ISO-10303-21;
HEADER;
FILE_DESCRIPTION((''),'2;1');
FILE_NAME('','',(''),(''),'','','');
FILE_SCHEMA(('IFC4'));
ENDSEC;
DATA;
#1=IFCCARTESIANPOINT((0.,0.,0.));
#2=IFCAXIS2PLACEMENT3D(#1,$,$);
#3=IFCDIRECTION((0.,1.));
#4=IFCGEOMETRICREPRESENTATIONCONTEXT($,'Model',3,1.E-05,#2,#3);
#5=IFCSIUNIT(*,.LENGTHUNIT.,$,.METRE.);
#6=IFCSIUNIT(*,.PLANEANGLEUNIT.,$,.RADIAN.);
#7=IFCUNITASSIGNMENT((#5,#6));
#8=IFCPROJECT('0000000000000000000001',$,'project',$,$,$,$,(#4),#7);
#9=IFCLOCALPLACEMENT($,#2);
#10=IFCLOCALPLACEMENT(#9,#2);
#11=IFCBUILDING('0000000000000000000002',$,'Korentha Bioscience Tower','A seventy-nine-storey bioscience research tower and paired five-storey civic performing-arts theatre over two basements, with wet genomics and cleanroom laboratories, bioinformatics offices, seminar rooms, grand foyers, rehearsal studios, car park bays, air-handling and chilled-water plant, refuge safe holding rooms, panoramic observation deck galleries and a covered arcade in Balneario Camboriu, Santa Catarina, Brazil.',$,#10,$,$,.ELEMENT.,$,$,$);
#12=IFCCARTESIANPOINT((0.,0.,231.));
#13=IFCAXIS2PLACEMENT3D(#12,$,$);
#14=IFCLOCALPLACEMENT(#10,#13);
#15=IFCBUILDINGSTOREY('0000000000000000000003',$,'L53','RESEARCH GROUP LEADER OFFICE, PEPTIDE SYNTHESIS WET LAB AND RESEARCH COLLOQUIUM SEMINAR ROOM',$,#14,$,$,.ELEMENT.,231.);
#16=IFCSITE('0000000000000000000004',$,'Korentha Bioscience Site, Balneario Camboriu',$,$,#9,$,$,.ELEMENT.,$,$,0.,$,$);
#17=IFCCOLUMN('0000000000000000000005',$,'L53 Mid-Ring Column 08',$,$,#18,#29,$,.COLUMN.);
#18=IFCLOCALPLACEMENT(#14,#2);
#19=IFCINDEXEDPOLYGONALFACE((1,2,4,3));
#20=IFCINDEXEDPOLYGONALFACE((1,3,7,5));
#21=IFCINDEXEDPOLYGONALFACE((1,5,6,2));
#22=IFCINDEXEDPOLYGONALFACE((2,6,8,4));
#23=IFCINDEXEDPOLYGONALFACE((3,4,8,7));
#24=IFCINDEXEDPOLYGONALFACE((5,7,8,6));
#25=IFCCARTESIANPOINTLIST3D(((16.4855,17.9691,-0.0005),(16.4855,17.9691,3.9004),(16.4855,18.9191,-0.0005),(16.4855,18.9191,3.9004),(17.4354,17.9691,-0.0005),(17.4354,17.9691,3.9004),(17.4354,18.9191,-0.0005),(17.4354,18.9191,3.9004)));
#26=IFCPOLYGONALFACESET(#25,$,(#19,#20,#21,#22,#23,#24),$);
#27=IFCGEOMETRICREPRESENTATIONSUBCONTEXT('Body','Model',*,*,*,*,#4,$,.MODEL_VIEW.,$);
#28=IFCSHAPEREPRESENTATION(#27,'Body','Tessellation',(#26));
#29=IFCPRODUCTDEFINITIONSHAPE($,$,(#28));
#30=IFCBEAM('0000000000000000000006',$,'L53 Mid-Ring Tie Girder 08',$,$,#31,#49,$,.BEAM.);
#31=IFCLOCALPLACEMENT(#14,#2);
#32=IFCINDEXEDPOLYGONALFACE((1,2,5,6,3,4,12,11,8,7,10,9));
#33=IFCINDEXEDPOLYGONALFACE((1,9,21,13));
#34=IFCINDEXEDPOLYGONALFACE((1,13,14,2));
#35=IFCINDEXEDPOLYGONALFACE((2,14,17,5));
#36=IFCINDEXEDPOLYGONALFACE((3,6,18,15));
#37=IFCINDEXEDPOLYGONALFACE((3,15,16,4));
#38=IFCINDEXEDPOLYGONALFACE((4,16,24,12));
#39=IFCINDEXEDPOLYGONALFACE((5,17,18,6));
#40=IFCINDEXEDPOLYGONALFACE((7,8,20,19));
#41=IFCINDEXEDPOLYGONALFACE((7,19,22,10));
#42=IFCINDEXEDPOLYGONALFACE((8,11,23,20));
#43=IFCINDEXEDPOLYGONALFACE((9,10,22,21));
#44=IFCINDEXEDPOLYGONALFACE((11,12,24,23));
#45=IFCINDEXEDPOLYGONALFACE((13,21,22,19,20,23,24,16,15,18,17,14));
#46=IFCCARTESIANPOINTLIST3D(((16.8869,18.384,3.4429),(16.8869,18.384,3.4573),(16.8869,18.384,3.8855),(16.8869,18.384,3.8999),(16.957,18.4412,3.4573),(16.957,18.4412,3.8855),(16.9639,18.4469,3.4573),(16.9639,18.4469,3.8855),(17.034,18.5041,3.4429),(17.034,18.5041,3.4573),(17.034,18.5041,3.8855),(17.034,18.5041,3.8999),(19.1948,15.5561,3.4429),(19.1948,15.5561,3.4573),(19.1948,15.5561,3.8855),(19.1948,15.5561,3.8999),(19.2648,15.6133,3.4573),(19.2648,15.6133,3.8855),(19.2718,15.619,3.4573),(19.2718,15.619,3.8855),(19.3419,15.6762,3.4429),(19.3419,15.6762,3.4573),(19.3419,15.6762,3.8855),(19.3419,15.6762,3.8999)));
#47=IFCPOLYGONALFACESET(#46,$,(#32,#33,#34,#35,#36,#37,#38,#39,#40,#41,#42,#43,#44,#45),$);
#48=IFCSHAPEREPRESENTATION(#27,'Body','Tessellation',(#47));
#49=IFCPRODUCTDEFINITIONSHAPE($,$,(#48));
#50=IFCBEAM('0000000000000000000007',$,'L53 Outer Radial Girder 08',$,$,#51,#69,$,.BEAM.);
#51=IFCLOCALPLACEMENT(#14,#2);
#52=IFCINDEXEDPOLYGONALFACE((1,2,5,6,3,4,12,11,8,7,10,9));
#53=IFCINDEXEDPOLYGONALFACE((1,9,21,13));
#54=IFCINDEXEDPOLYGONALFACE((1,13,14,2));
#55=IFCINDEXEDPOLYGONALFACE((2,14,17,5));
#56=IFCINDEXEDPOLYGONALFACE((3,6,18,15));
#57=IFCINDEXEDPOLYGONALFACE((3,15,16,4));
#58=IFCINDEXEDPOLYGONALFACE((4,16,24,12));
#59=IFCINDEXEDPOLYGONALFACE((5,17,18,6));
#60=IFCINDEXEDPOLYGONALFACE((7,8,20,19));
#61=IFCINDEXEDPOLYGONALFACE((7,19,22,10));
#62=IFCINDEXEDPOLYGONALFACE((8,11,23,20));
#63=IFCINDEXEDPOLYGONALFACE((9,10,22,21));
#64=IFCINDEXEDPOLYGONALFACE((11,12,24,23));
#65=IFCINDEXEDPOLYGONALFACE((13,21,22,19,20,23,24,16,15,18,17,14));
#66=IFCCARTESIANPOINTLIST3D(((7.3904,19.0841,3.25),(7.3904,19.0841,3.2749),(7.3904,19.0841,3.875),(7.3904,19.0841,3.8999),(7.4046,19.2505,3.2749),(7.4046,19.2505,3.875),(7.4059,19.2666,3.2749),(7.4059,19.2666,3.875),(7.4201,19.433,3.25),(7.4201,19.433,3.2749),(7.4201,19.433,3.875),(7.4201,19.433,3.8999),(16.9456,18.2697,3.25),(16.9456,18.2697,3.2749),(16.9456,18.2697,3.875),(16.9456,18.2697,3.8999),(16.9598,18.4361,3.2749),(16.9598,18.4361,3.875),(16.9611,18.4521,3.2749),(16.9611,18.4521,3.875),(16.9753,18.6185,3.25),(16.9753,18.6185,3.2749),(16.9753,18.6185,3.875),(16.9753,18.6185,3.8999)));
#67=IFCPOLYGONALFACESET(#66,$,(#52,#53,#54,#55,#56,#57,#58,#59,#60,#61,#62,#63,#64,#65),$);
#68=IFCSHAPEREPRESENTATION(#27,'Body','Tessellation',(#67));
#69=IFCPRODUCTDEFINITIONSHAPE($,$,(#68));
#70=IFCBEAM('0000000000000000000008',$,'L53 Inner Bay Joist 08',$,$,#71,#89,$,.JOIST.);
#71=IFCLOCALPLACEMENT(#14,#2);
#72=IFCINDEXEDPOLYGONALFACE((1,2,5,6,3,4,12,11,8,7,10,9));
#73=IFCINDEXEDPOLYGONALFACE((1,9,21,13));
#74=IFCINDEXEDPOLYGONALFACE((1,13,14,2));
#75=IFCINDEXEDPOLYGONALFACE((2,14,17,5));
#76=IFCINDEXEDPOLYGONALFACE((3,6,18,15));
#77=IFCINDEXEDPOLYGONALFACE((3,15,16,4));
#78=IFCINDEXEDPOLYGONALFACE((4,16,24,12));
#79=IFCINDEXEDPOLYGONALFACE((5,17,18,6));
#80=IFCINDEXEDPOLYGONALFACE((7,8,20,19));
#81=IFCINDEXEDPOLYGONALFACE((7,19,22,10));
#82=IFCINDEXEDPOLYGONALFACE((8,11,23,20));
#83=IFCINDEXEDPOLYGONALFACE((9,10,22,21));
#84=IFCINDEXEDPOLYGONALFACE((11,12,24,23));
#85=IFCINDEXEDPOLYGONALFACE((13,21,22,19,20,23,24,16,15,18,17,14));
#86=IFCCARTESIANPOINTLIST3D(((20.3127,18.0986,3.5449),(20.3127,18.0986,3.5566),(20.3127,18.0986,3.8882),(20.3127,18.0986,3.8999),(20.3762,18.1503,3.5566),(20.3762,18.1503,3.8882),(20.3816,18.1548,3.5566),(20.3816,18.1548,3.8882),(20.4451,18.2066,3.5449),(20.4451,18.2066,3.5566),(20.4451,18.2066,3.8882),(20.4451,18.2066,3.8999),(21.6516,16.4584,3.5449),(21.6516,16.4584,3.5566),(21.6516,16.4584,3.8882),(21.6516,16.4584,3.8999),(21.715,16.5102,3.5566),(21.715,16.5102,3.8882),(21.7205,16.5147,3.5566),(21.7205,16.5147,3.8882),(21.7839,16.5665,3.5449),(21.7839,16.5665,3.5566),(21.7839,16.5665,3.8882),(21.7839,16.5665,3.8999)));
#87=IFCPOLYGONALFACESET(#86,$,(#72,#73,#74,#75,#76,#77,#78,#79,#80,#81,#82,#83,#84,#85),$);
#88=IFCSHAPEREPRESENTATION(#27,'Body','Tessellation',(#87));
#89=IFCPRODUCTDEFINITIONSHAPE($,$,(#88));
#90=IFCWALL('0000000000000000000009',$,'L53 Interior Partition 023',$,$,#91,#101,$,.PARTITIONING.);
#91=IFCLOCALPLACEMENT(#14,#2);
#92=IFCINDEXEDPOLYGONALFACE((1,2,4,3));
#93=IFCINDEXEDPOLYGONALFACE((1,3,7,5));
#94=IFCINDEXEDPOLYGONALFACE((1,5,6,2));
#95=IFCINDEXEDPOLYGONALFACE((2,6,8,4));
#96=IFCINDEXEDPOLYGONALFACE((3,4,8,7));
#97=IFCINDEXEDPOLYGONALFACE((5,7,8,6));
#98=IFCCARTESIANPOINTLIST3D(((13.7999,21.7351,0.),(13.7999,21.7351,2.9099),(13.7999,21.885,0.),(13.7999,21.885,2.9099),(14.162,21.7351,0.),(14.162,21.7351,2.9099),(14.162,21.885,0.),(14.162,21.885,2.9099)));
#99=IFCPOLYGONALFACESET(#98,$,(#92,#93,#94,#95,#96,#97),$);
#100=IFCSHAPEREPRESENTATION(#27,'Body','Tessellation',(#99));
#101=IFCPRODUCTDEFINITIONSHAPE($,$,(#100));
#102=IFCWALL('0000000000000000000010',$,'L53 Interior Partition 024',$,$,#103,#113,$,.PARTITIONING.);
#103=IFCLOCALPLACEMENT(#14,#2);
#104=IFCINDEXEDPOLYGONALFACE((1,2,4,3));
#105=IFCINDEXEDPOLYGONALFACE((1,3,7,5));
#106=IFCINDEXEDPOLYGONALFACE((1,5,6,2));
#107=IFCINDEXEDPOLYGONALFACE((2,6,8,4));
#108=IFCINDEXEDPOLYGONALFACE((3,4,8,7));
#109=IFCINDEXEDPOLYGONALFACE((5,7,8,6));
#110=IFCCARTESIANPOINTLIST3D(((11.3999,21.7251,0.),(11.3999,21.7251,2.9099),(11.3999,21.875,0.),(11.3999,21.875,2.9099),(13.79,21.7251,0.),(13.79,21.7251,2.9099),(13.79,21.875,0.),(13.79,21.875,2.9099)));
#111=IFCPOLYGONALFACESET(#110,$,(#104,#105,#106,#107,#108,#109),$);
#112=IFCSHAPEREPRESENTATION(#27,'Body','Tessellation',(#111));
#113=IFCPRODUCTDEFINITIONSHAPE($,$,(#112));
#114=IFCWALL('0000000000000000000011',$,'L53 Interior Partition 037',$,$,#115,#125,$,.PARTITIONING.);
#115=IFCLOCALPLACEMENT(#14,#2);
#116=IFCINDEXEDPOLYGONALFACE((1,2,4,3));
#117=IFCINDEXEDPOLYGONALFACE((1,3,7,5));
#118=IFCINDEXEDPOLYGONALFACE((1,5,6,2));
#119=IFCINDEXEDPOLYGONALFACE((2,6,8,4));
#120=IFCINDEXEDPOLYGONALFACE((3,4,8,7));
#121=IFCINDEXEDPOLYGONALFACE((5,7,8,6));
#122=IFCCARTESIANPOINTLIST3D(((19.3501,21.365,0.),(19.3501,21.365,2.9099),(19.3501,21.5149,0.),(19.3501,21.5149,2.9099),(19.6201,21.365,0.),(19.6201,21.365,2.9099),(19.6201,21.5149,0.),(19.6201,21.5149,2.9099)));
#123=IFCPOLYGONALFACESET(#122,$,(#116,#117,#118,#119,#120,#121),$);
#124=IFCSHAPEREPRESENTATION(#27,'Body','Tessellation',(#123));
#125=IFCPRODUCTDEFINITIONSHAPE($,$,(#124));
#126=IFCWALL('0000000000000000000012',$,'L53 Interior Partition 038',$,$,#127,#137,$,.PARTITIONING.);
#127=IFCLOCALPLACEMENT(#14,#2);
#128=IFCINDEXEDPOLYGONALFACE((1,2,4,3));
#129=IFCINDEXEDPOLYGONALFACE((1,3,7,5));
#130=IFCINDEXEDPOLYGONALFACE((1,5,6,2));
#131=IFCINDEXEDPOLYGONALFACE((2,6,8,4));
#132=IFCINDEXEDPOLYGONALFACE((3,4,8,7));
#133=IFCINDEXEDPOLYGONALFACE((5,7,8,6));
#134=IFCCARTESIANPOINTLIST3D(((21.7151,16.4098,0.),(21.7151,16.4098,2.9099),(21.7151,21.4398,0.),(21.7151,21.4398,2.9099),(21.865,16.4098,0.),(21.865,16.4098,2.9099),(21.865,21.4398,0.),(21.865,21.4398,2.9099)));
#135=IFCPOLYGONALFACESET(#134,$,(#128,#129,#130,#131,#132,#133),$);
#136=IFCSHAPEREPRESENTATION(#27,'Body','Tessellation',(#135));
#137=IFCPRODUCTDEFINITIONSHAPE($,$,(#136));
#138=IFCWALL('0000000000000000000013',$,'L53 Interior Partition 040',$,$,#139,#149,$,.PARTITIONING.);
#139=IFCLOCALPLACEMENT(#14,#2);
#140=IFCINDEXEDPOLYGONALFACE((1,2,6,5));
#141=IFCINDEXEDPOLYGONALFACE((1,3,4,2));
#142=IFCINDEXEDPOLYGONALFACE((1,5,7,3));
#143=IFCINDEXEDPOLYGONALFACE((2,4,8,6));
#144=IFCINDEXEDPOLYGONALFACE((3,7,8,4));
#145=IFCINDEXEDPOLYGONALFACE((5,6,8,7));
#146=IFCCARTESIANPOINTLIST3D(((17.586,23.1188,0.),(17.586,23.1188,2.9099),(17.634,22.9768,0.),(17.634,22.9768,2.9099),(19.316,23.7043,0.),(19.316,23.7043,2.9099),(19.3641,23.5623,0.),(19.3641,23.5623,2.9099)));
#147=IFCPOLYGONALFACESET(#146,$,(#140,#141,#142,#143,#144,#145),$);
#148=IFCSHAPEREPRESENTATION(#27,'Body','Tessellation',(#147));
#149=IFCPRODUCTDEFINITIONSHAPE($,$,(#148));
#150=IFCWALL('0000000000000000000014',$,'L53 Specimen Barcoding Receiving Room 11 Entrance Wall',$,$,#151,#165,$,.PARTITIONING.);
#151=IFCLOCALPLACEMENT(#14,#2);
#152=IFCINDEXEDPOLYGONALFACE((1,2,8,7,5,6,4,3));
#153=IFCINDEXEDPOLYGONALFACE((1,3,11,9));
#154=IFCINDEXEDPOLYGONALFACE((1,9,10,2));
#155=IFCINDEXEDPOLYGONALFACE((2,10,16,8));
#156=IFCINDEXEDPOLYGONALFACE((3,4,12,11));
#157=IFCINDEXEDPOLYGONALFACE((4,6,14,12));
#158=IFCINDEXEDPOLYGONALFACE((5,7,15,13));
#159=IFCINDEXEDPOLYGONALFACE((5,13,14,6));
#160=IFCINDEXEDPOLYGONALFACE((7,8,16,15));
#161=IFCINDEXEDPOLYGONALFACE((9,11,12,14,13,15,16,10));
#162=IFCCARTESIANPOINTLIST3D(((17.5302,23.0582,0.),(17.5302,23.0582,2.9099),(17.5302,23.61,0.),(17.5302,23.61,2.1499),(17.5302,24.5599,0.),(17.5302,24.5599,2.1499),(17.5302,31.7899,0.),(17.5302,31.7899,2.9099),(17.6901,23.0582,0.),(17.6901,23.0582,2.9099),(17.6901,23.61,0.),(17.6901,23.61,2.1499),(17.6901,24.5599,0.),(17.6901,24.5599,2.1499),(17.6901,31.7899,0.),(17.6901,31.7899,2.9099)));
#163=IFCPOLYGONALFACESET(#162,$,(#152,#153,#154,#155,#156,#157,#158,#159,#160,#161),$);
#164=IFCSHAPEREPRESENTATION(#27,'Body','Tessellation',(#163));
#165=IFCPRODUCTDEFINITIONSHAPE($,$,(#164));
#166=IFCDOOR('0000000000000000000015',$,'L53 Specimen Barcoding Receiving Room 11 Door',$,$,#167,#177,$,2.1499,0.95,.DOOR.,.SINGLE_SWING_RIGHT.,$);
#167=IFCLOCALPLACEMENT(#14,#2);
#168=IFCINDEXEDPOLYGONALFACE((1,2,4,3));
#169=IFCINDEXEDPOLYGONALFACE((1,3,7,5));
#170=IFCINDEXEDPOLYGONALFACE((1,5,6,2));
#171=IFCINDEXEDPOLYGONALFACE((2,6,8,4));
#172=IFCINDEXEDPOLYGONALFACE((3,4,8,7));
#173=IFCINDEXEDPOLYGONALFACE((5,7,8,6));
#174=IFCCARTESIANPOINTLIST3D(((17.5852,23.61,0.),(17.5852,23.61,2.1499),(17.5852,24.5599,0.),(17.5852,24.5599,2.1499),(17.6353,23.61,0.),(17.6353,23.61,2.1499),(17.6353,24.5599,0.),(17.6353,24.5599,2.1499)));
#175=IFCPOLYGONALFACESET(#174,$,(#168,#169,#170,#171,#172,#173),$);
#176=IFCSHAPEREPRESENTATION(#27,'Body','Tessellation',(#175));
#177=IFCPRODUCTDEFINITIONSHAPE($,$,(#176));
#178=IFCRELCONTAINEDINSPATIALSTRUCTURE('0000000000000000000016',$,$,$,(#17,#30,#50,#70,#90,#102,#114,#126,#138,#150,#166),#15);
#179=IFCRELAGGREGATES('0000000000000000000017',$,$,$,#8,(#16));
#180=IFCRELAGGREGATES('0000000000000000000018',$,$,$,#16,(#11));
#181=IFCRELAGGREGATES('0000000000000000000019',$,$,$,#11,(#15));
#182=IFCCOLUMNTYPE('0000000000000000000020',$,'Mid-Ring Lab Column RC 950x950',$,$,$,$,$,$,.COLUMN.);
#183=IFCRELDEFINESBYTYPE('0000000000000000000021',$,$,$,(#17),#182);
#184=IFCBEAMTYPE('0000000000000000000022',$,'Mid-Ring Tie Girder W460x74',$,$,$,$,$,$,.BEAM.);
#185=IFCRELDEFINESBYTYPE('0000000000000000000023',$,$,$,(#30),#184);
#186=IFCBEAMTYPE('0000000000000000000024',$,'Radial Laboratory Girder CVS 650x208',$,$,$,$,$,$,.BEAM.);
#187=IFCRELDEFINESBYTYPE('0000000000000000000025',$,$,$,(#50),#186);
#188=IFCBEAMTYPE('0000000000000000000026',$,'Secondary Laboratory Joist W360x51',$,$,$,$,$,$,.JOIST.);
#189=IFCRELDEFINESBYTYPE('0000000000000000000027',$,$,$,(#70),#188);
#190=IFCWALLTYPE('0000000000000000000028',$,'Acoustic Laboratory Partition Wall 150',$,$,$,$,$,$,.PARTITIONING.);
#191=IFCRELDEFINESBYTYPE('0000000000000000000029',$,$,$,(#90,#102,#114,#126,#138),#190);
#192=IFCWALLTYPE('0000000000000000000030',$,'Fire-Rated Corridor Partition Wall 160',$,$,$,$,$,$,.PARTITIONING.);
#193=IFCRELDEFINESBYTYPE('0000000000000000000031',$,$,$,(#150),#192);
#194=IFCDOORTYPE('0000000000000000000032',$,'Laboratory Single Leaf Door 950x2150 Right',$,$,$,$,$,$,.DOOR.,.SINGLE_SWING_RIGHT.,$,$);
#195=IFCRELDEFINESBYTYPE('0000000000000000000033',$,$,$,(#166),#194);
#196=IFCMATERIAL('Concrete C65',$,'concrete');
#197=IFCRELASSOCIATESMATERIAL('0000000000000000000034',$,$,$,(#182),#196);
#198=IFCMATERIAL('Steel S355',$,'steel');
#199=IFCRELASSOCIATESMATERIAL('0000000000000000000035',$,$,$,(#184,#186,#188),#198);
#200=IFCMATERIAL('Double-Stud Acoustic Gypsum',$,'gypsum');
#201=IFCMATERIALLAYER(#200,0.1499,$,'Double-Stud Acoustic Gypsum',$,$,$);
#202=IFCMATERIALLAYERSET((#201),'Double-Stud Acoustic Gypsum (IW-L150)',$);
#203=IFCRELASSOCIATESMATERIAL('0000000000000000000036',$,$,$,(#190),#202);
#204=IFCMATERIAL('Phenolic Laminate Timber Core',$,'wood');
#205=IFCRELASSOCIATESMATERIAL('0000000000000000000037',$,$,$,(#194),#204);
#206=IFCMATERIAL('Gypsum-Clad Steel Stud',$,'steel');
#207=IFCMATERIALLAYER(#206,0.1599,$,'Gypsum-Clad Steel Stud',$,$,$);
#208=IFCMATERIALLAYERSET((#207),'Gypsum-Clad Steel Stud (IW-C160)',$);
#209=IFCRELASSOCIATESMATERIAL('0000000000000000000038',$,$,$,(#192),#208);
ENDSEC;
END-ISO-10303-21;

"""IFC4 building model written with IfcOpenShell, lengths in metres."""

from ifc_helpers import new_model, si_unit, direction, frame, frame_2d, origin, origin_2d, place, context, subcontext, project, spatial, rectangle, i_section, extrude, material, layer, layer_set, material_profile, profile_set, type_object, element, fill, save


model = new_model("IFC4")

# Units and contexts
model_context = context("Model", 3, precision=1e-05, world=origin(), true_north=direction((0.0, 1.0)))
body_context = subcontext(model_context, "Body", "Model", "MODEL_VIEW")
ifc_project = project(units=[si_unit("LENGTHUNIT", "METRE"), si_unit("PLANEANGLEUNIT", "RADIAN")], contexts=[model_context])

# Site, building, storey
site_placement = place(None, origin())
site = spatial("IfcSite", under=ifc_project, at=site_placement, Name="Korentha Bioscience Site, Balneario Camboriu", CompositionType="ELEMENT", RefElevation=0.0)
building_placement = place(site_placement, origin())
building = spatial("IfcBuilding", under=site, at=building_placement, Name="Korentha Bioscience Tower", Description="A seventy-nine-storey bioscience research tower and paired five-storey civic performing-arts theatre over two basements, with wet genomics and cleanroom laboratories, bioinformatics offices, seminar rooms, grand foyers, rehearsal studios, car park bays, air-handling and chilled-water plant, refuge safe holding rooms, panoramic observation deck galleries and a covered arcade in Balneario Camboriu, Santa Catarina, Brazil.", CompositionType="ELEMENT")
storey_placement = place(building_placement, frame((0.0, 0.0, 231.0)))
storey = spatial("IfcBuildingStorey", under=building, at=storey_placement, Name="L53", Description="RESEARCH GROUP LEADER OFFICE, PEPTIDE SYNTHESIS WET LAB AND RESEARCH COLLOQUIUM SEMINAR ROOM", CompositionType="ELEMENT", Elevation=231.0)

# Column
ifc_material_1 = material(Name="Concrete C65", Category="concrete")
ifc_material_profile_1 = material_profile(ifc_material_1, rectangle(XDim=0.95, YDim=0.95, at=origin_2d()), Name="Concrete C65")
ifc_profile_set_1 = profile_set([ifc_material_profile_1], Name="Concrete C65 (COL-MR09)")
column_type = type_object("IfcColumnType", Name="Mid-Ring Lab Column RC 950x950", PredefinedType="COLUMN", material=ifc_profile_set_1)
column_placement = place(storey_placement, frame((16.9604, 18.4441, -0.0005), z_axis=(0.0, 0.0, 1.0), x_axis=(1.0, 0.0, 0.0)))
element("IfcColumn", 1, at=column_placement, inside=storey, type_object=column_type, Name="L53 Mid-Ring Column 08", PredefinedType="COLUMN", context=body_context, shape_type="SweptSolid", body=[
    extrude(rectangle(XDim=0.95, YDim=0.95, at=origin_2d()), origin(), (0.0, 0.0, 1.0), 3.9009),
])

# Beams
ifc_material_2 = material(Name="Steel S355", Category="steel")
ifc_material_profile_2 = material_profile(ifc_material_2, i_section(OverallWidth=0.1899, OverallDepth=0.457, WebThickness=0.009, FlangeThickness=0.0144, at=origin_2d()), Name="Steel S355")
ifc_profile_set_2 = profile_set([ifc_material_profile_2], Name="Steel S355 (MB-460)")
beam_type_1 = type_object("IfcBeamType", Name="Mid-Ring Tie Girder W460x74", PredefinedType="BEAM", material=ifc_profile_set_2)
beam_1_placement = place(storey_placement, frame((16.9604, 18.4441, 3.6714), z_axis=(0.632276, -0.774743, 0.0), x_axis=(0.774743, 0.632276, 0.0)))
element("IfcBeam", 2, at=beam_1_placement, inside=storey, type_object=beam_type_1, Name="L53 Mid-Ring Tie Girder 08", PredefinedType="BEAM", context=body_context, shape_type="SweptSolid", body=[
    extrude(i_section(OverallWidth=0.1899, OverallDepth=0.457, WebThickness=0.009, FlangeThickness=0.0144, at=origin_2d()), origin(), (0.0, 0.0, 1.0), 3.6501),
])
ifc_material_profile_3 = material_profile(ifc_material_2, i_section(OverallWidth=0.3501, OverallDepth=0.6499, WebThickness=0.0161, FlangeThickness=0.0249, at=origin_2d()), Name="Steel S355")
ifc_profile_set_3 = profile_set([ifc_material_profile_3], Name="Steel S355 (RB-650)")
beam_type_2 = type_object("IfcBeamType", Name="Radial Laboratory Girder CVS 650x208", PredefinedType="BEAM", material=ifc_profile_set_3)
beam_2_placement = place(storey_placement, frame((16.9604, 18.4441, 3.575), z_axis=(-0.996387, 0.084929, 0.0), x_axis=(-0.084929, -0.996387, 0.0)))
element("IfcBeam", 3, at=beam_2_placement, inside=storey, type_object=beam_type_2, Name="L53 Outer Radial Girder 08", PredefinedType="BEAM", context=body_context, shape_type="SweptSolid", body=[
    extrude(i_section(OverallWidth=0.3501, OverallDepth=0.6499, WebThickness=0.0161, FlangeThickness=0.0249, at=origin_2d()), origin(), (0.0, 0.0, 1.0), 9.5898),
])
ifc_material_profile_4 = material_profile(ifc_material_2, i_section(OverallWidth=0.1709, OverallDepth=0.355, WebThickness=0.0071, FlangeThickness=0.0117, at=origin_2d()), Name="Steel S355")
ifc_profile_set_4 = profile_set([ifc_material_profile_4], Name="Steel S355 (JB-360)")
beam_type_3 = type_object("IfcBeamType", Name="Secondary Laboratory Joist W360x51", PredefinedType="JOIST", material=ifc_profile_set_4)
beam_3_placement = place(storey_placement, frame((20.3789, 18.1526, 3.7224), z_axis=(0.632371, -0.774666, 0.0), x_axis=(0.774666, 0.632371, 0.0)))
element("IfcBeam", 4, at=beam_3_placement, inside=storey, type_object=beam_type_3, Name="L53 Inner Bay Joist 08", PredefinedType="JOIST", context=body_context, shape_type="SweptSolid", body=[
    extrude(i_section(OverallWidth=0.1709, OverallDepth=0.355, WebThickness=0.0071, FlangeThickness=0.0117, at=origin_2d()), origin(), (0.0, 0.0, 1.0), 2.1172),
])

# Shared definitions
ifc_material_3 = material(Name="Double-Stud Acoustic Gypsum", Category="gypsum")
ifc_layer_1 = layer(ifc_material_3, 0.1499, Name="Double-Stud Acoustic Gypsum")
ifc_layer_set_1 = layer_set([ifc_layer_1], Name="Double-Stud Acoustic Gypsum (IW-L150)")
wall_type_1 = type_object("IfcWallType", Name="Acoustic Laboratory Partition Wall 150", PredefinedType="PARTITIONING", material=ifc_layer_set_1)
ifc_material_4 = material(Name="Phenolic Laminate Timber Core", Category="wood")
door_type_1 = type_object("IfcDoorType", Name="Laboratory Single Leaf Door 950x2150 Right", OperationType="SINGLE_SWING_RIGHT", PredefinedType="DOOR", material=ifc_material_4)

# Walls
wall_1_placement = place(storey_placement, frame((14.1621, 21.8101, 0.0), z_axis=(0.0, 0.0, 1.0), x_axis=(-1.0, 0.0, 0.0)))
element("IfcWall", 5, at=wall_1_placement, inside=storey, type_object=wall_type_1, Name="L53 Interior Partition 023", PredefinedType="PARTITIONING", context=body_context, shape_type="SweptSolid", body=[
    extrude(rectangle(XDim=0.3621, YDim=0.1499, at=frame_2d((0.1812, 0.0))), origin(), (0.0, 0.0, 1.0), 2.9099),
])
wall_2_placement = place(storey_placement, frame((13.79, 21.8, 0.0), z_axis=(0.0, 0.0, 1.0), x_axis=(-1.0, 0.0, 0.0)))
element("IfcWall", 6, at=wall_2_placement, inside=storey, type_object=wall_type_1, Name="L53 Interior Partition 024", PredefinedType="PARTITIONING", context=body_context, shape_type="SweptSolid", body=[
    extrude(rectangle(XDim=2.3901, YDim=0.1499, at=frame_2d((1.1951, 0.0))), origin(), (0.0, 0.0, 1.0), 2.9099),
])
wall_3_placement = place(storey_placement, frame((19.3501, 21.4399, 0.0), z_axis=(0.0, 0.0, 1.0), x_axis=(1.0, 0.0, 0.0)))
element("IfcWall", 7, at=wall_3_placement, inside=storey, type_object=wall_type_1, Name="L53 Interior Partition 037", PredefinedType="PARTITIONING", context=body_context, shape_type="SweptSolid", body=[
    extrude(rectangle(XDim=0.27, YDim=0.1499, at=frame_2d((0.135, 0.0))), origin(), (0.0, 0.0, 1.0), 2.9099),
])
wall_4_placement = place(storey_placement, frame((21.79, 21.4399, 0.0), z_axis=(0.0, 0.0, 1.0), x_axis=(0.0, -1.0, 0.0)))
element("IfcWall", 8, at=wall_4_placement, inside=storey, type_object=wall_type_1, Name="L53 Interior Partition 038", PredefinedType="PARTITIONING", context=body_context, shape_type="SweptSolid", body=[
    extrude(rectangle(XDim=5.03, YDim=0.1499, at=frame_2d((2.5151, 0.0))), origin(), (0.0, 0.0, 1.0), 2.9099),
])
wall_5_placement = place(storey_placement, frame((17.6101, 23.0479, 0.0), z_axis=(0.0, 0.0, 1.0), x_axis=(0.94723, 0.320556, 0.0)))
element("IfcWall", 9, at=wall_5_placement, inside=storey, type_object=wall_type_1, Name="L53 Interior Partition 040", PredefinedType="PARTITIONING", context=body_context, shape_type="SweptSolid", body=[
    extrude(rectangle(XDim=1.8264, YDim=0.1499, at=frame_2d((0.9131, 0.0))), origin(), (0.0, 0.0, 1.0), 2.9099),
])

# Wall, opening, door
ifc_material_5 = material(Name="Gypsum-Clad Steel Stud", Category="steel")
ifc_layer_2 = layer(ifc_material_5, 0.1599, Name="Gypsum-Clad Steel Stud")
ifc_layer_set_2 = layer_set([ifc_layer_2], Name="Gypsum-Clad Steel Stud (IW-C160)")
wall_type_2 = type_object("IfcWallType", Name="Fire-Rated Corridor Partition Wall 160", PredefinedType="PARTITIONING", material=ifc_layer_set_2)
wall_6_placement = place(storey_placement, frame((17.6101, 23.0583, 0.0), z_axis=(0.0, 0.0, 1.0), x_axis=(0.0, 1.0, 0.0)))
wall_6 = element("IfcWall", 10, at=wall_6_placement, inside=storey, type_object=wall_type_2, Name="L53 Specimen Barcoding Receiving Room 11 Entrance Wall", PredefinedType="PARTITIONING", context=body_context, shape_type="SweptSolid", body=[
    extrude(rectangle(XDim=8.7317, YDim=0.1599, at=frame_2d((4.3657, 0.0))), origin(), (0.0, 0.0, 1.0), 2.9099),
])
opening_1_placement = place(wall_6_placement, frame((0.5515, 0.0, 0.0)))
opening_1 = element("IfcOpeningElement", 11, at=opening_1_placement, cuts=wall_6, PredefinedType="OPENING", context=body_context, shape_type="SweptSolid", body=[
    extrude(rectangle(XDim=0.95, YDim=2.1499, at=frame_2d((0.4751, 1.075))), frame((0.0, 0.0947, 0.0), z_axis=(0.0, -1.0, 0.0), x_axis=(1.0, 0.0, 0.0)), (0.0, 0.0, 1.0), 0.1897),
])
door_1_placement = place(opening_1_placement, origin())
door_1 = element("IfcDoor", 12, at=door_1_placement, inside=storey, type_object=door_type_1, Name="L53 Specimen Barcoding Receiving Room 11 Door", OperationType="SINGLE_SWING_RIGHT", OverallHeight=2.1499, OverallWidth=0.95, PredefinedType="DOOR", context=body_context, shape_type="SweptSolid", body=[
    extrude(rectangle(XDim=0.95, YDim=2.1499, at=frame_2d((0.4751, 1.075))), frame((0.0, 0.0249, 0.0), z_axis=(0.0, -1.0, 0.0), x_axis=(1.0, 0.0, 0.0)), (0.0, 0.0, 1.0), 0.05),
])
fill(opening_1, door_1)

save(model, "model.ifc")
